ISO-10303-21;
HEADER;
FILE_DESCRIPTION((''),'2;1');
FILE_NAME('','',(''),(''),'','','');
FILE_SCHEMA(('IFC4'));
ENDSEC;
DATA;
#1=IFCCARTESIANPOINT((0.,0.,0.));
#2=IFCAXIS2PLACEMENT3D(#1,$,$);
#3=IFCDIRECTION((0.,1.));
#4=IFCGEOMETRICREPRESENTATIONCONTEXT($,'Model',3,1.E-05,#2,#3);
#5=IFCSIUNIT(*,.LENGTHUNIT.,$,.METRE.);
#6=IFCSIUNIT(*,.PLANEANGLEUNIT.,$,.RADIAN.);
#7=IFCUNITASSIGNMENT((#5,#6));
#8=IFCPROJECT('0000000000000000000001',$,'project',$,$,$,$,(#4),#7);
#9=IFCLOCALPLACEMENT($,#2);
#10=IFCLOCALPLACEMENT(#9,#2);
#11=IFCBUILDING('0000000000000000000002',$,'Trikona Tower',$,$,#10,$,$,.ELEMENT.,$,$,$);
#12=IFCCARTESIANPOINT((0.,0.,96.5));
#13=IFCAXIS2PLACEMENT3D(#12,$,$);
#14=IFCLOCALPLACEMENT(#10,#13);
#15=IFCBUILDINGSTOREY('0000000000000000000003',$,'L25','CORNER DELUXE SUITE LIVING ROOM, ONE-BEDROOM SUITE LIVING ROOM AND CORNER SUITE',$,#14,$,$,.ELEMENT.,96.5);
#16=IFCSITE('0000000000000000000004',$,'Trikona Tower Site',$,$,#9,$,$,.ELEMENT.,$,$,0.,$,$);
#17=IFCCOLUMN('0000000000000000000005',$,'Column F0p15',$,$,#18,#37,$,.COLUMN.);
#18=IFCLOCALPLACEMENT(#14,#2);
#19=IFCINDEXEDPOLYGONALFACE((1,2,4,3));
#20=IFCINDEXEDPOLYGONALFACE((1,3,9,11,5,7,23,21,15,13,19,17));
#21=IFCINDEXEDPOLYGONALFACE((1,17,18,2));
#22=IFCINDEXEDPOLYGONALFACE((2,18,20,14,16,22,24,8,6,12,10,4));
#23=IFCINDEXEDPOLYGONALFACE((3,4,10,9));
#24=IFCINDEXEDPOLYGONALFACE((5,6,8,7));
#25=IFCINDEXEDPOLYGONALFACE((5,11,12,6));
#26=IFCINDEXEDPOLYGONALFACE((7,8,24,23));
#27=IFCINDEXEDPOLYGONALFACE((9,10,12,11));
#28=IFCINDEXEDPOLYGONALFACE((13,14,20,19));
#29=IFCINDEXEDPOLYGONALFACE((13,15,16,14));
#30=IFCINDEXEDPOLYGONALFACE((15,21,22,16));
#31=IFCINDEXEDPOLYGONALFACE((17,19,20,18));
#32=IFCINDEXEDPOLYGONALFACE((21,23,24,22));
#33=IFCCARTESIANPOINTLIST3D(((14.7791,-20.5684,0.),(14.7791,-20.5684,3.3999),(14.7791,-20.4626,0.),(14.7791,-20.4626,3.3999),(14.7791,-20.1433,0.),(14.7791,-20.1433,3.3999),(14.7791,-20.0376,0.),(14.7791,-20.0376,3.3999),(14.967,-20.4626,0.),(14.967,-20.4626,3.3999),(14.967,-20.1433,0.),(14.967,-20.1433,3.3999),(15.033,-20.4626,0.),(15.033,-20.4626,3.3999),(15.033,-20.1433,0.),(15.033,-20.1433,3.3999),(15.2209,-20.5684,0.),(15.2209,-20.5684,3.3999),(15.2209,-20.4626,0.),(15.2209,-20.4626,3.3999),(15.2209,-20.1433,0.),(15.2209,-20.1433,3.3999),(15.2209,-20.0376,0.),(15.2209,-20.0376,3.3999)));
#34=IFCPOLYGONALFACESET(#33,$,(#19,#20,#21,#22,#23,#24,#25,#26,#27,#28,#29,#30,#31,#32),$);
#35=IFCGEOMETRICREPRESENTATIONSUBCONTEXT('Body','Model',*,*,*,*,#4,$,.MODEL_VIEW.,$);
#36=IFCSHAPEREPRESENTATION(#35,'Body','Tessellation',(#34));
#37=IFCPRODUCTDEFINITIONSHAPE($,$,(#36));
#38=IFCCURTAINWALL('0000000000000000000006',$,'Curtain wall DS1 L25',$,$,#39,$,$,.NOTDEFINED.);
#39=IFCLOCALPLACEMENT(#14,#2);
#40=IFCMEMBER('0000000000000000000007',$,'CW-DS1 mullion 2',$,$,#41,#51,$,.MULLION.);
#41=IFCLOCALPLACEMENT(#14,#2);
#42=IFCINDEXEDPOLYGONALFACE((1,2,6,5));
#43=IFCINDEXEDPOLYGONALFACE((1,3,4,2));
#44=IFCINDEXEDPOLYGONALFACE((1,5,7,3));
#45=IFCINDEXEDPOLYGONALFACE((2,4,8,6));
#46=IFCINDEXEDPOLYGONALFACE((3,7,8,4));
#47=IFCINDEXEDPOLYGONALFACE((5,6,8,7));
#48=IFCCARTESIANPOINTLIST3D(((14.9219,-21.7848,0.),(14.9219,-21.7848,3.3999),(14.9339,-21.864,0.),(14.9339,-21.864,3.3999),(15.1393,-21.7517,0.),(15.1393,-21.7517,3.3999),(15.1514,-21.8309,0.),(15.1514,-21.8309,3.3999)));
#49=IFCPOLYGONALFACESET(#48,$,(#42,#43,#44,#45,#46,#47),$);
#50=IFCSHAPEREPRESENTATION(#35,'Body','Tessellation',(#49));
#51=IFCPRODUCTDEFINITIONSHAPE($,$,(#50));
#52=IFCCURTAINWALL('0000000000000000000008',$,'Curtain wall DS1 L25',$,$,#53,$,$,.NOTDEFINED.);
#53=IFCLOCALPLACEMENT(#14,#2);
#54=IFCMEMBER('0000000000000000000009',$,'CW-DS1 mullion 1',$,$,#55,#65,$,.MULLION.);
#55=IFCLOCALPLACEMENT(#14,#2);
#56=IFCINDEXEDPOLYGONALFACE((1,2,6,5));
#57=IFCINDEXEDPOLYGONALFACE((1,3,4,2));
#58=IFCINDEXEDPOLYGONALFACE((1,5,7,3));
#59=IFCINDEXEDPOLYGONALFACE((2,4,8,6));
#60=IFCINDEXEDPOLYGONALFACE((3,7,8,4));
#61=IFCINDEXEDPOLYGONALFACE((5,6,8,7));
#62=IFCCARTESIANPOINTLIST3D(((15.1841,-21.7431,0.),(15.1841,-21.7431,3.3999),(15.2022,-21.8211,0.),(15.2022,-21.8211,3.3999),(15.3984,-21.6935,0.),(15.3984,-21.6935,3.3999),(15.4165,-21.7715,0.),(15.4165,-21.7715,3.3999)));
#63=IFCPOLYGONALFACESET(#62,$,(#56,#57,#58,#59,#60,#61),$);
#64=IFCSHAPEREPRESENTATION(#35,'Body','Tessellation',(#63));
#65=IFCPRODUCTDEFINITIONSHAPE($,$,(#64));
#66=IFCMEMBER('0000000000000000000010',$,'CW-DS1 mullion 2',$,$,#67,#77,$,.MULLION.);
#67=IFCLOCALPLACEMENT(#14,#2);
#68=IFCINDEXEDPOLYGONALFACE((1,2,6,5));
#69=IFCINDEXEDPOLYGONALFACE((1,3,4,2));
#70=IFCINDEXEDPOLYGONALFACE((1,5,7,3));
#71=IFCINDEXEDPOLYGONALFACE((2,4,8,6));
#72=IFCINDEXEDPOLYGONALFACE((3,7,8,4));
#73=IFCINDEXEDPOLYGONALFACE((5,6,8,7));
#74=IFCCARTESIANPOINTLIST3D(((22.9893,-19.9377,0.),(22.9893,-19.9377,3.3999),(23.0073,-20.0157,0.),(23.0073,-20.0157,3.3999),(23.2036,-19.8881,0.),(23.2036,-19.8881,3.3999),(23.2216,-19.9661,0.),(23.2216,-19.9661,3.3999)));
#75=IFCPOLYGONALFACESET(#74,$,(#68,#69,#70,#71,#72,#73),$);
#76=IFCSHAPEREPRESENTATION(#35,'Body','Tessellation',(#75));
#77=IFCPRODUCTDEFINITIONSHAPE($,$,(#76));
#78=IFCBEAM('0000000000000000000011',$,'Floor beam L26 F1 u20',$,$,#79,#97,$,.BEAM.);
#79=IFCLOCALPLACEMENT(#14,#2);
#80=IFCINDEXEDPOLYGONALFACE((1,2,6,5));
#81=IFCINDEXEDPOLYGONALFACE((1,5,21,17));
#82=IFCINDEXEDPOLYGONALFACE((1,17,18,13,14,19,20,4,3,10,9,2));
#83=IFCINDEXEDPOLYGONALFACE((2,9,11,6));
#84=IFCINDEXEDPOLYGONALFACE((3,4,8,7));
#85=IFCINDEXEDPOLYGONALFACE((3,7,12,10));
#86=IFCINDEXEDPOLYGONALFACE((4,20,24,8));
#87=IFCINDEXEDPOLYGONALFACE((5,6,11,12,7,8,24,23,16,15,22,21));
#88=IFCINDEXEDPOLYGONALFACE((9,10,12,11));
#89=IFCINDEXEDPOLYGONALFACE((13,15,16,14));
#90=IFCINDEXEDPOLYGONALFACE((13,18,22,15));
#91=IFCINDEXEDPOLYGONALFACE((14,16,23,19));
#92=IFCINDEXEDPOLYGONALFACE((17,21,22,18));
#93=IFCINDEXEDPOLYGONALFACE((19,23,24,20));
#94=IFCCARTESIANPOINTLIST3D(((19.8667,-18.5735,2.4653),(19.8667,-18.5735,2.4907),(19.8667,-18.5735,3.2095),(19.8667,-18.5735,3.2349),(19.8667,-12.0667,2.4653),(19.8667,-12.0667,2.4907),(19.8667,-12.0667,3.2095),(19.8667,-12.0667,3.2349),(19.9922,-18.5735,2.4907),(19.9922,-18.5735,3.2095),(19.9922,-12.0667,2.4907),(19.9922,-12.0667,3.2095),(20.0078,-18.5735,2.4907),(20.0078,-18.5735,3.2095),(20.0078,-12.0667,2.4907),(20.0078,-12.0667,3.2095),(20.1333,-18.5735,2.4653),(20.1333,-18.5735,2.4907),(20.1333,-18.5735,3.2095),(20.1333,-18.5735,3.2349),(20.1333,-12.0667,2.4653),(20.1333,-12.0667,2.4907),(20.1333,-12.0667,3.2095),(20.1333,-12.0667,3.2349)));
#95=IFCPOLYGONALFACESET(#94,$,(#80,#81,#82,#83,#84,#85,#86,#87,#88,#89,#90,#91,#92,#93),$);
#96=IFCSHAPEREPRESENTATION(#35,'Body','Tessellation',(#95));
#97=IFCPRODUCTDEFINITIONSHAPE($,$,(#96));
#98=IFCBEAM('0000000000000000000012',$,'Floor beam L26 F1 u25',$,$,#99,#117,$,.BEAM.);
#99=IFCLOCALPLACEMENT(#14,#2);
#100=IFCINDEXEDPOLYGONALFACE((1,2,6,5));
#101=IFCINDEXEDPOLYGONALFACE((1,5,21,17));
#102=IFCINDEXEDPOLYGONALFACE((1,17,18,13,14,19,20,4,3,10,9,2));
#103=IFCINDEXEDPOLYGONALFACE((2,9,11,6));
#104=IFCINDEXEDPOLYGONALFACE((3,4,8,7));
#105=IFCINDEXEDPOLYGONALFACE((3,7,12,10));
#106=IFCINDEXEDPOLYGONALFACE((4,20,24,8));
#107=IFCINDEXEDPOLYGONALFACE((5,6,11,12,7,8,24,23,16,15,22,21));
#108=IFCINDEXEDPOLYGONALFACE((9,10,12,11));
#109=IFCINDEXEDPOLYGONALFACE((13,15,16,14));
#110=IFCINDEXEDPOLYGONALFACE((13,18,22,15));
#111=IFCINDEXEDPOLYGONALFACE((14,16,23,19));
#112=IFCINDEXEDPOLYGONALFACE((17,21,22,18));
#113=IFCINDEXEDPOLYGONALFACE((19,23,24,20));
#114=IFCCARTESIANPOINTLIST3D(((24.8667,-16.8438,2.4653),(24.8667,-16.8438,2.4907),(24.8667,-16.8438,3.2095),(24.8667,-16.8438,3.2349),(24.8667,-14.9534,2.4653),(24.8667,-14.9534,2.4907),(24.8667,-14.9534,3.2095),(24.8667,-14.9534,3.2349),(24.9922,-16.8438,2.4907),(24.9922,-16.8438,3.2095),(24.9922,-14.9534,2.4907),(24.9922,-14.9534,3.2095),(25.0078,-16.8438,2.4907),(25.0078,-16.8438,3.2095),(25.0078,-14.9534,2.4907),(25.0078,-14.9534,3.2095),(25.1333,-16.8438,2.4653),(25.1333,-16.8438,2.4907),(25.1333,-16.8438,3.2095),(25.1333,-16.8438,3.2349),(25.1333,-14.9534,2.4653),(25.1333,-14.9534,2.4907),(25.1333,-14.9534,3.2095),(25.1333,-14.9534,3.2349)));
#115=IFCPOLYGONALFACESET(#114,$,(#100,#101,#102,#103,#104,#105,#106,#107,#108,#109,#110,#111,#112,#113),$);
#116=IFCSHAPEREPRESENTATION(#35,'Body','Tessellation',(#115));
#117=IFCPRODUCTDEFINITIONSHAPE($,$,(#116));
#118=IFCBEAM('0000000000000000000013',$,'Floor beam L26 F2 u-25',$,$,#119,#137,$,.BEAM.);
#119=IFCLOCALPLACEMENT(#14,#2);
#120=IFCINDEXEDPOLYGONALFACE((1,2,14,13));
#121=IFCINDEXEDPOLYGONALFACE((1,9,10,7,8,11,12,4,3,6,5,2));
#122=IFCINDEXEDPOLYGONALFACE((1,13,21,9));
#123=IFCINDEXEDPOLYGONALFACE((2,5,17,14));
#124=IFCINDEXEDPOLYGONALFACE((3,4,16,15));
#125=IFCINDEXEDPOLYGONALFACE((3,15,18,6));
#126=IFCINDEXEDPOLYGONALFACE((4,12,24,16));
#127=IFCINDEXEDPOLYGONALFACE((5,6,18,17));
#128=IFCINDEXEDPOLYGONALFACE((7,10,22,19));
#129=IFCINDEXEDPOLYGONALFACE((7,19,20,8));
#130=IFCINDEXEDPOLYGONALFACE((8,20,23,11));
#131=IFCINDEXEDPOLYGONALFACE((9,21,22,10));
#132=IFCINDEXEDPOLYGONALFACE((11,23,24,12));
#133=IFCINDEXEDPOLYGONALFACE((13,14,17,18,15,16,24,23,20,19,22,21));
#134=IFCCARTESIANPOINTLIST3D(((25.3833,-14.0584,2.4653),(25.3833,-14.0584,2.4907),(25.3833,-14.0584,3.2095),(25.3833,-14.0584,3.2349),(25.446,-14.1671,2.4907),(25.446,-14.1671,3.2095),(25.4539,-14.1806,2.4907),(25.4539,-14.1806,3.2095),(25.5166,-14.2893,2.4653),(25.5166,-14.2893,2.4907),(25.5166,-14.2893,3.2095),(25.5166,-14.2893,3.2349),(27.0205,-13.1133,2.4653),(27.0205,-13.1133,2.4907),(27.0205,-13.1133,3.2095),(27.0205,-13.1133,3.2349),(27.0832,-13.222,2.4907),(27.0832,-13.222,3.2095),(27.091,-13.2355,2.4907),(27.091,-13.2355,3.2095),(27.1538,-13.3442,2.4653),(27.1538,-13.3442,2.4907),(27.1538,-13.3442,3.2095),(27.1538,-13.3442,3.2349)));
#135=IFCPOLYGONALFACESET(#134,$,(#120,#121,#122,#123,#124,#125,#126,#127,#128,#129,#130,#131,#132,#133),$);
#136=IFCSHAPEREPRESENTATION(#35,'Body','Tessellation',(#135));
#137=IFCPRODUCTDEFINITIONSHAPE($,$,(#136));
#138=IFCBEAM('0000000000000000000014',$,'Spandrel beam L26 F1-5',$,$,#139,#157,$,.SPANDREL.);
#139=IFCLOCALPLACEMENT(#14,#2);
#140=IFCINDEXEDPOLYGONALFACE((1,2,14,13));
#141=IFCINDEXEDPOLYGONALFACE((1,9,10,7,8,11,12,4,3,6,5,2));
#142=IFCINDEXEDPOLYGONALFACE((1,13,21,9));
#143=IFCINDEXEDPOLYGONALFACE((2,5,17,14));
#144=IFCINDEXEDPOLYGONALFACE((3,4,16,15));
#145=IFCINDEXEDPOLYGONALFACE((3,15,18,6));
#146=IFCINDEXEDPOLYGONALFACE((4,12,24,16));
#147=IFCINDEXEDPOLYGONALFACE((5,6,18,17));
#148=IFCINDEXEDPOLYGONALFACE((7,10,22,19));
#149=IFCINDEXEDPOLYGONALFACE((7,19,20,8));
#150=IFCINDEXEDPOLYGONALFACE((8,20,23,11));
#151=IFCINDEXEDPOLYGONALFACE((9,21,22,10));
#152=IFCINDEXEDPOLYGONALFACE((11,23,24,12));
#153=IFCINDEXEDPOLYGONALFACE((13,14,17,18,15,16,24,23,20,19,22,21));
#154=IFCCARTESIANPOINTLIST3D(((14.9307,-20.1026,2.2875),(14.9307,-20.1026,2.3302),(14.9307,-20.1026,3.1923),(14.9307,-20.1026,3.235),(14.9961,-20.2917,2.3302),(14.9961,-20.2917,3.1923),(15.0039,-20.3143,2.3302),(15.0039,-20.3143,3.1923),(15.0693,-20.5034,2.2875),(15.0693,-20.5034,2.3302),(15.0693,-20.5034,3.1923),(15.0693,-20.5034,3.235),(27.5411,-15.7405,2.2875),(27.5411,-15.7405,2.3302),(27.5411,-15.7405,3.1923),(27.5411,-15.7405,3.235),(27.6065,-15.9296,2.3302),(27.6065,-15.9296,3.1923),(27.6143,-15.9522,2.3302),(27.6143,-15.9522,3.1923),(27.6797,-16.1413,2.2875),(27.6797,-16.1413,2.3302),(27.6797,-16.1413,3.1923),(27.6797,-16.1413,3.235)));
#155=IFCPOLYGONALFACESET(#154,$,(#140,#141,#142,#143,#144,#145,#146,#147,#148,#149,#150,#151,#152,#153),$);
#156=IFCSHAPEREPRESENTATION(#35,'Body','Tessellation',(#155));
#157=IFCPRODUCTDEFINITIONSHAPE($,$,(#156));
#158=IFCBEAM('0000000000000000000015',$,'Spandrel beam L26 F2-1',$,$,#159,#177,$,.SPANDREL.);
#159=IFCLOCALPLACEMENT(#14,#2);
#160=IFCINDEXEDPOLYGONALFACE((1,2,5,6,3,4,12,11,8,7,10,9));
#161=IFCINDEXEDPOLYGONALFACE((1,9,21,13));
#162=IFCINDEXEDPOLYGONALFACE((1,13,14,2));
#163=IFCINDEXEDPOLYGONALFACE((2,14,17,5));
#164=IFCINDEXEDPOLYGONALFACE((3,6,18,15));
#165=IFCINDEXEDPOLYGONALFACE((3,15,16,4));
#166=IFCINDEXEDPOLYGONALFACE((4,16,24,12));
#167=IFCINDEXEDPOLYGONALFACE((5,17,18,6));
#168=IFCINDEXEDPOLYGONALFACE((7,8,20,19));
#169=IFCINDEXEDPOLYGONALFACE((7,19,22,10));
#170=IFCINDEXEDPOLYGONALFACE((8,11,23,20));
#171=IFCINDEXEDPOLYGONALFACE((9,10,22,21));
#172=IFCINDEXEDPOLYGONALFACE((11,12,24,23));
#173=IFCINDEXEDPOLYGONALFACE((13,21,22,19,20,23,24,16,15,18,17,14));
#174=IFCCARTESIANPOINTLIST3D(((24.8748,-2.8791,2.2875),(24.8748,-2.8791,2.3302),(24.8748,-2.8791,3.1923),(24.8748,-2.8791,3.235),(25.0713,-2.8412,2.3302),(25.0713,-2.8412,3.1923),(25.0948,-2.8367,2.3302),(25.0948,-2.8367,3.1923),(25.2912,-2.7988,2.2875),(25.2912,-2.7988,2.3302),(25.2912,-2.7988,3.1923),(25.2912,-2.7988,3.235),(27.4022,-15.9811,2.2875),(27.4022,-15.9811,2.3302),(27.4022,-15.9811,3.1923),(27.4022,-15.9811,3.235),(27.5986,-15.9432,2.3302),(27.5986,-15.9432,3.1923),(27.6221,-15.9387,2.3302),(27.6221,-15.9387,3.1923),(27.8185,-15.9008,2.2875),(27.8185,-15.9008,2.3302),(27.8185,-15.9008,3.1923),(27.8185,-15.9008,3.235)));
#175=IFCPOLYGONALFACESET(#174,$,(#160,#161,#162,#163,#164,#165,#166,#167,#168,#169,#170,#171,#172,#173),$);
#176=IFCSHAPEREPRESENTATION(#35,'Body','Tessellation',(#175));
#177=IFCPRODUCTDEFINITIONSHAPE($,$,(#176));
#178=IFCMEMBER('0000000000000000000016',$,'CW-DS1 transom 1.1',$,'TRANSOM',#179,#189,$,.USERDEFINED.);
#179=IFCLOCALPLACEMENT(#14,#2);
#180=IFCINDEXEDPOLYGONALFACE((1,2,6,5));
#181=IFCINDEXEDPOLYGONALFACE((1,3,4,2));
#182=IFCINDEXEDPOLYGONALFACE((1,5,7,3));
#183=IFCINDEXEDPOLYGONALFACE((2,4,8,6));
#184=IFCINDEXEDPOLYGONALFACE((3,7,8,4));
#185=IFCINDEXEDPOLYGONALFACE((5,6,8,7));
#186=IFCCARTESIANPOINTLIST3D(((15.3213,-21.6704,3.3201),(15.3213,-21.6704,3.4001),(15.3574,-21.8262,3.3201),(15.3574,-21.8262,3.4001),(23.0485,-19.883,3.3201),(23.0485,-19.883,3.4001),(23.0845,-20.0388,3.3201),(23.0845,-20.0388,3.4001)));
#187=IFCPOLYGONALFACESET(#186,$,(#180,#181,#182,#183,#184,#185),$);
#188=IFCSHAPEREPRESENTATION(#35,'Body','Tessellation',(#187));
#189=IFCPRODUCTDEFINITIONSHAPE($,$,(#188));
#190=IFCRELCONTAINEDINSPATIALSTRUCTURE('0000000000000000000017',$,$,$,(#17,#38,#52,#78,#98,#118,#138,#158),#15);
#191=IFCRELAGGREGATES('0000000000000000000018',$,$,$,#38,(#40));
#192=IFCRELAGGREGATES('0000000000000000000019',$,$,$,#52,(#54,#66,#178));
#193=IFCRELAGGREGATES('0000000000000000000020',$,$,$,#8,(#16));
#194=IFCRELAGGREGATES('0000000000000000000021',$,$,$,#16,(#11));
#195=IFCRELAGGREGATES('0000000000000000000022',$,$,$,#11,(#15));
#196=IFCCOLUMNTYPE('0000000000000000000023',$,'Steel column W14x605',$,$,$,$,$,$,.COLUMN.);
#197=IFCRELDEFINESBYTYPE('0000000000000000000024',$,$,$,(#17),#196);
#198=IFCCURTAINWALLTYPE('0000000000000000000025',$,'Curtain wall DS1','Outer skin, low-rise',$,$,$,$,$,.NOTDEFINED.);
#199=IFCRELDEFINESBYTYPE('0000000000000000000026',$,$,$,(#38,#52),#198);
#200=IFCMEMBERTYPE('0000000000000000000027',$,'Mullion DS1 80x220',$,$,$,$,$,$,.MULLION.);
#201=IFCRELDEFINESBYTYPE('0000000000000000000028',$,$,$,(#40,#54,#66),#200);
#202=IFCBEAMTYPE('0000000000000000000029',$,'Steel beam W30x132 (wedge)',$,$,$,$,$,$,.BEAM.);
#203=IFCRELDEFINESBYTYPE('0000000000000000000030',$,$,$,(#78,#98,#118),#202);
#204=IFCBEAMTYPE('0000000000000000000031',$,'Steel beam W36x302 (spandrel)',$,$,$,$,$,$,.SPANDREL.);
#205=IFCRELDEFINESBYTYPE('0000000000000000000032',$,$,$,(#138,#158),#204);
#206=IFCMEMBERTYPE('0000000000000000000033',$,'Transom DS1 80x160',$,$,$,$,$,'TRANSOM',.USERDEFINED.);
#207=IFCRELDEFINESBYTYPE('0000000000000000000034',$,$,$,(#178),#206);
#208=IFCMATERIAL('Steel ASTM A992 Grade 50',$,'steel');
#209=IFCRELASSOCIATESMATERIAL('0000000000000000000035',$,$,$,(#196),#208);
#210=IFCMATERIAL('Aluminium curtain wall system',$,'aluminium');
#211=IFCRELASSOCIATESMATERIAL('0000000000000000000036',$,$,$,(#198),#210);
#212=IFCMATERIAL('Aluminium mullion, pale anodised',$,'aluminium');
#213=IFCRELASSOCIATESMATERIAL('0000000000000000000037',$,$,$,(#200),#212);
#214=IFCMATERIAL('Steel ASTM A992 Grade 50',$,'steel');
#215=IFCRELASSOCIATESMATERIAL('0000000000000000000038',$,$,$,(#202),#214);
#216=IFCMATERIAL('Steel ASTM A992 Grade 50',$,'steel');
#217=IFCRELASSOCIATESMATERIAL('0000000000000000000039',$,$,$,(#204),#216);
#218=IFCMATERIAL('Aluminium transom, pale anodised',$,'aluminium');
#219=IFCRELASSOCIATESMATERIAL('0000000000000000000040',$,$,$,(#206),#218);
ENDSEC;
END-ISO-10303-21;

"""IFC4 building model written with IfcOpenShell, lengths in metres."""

from ifc_helpers import new_model, si_unit, direction, frame, origin, origin_2d, place, context, subcontext, project, spatial, rectangle, i_section, extrude, material, material_profile, profile_set, type_object, element, aggregate, save


model = new_model("IFC4")

# Units and contexts
model_context = context("Model", 3, precision=1e-05, world=origin(), true_north=direction((0.0, 1.0)))
body_context = subcontext(model_context, "Body", "Model", "MODEL_VIEW")
ifc_project = project(units=[si_unit("LENGTHUNIT", "METRE"), si_unit("PLANEANGLEUNIT", "RADIAN")], contexts=[model_context])

# Site, building, storey
site_placement = place(None, origin())
site = spatial("IfcSite", under=ifc_project, at=site_placement, Name="Trikona Tower Site", CompositionType="ELEMENT", RefElevation=0.0)
building_placement = place(site_placement, origin())
building = spatial("IfcBuilding", under=site, at=building_placement, Name="Trikona Tower", CompositionType="ELEMENT")
storey_placement = place(building_placement, frame((0.0, 0.0, 96.5)))
storey = spatial("IfcBuildingStorey", under=building, at=storey_placement, Name="L25", Description="CORNER DELUXE SUITE LIVING ROOM, ONE-BEDROOM SUITE LIVING ROOM AND CORNER SUITE", CompositionType="ELEMENT", Elevation=96.5)

# Column
ifc_material_1 = material(Name="Steel ASTM A992 Grade 50", Category="steel")
ifc_material_profile_1 = material_profile(ifc_material_1, i_section(OverallWidth=0.4419, OverallDepth=0.5308, WebThickness=0.0659, FlangeThickness=0.1057, at=origin_2d()), Name="W14X605")
ifc_profile_set_1 = profile_set([ifc_material_profile_1], Name="Steel ASTM A992 Grade 50")
column_type = type_object("IfcColumnType", Name="Steel column W14x605", PredefinedType="COLUMN", material=ifc_profile_set_1)
column_placement = place(storey_placement, frame((15.0, -20.303, 0.0), z_axis=(0.0, 0.0, 1.0), x_axis=(1.0, 0.0, 0.0)))
element("IfcColumn", 1, at=column_placement, inside=storey, type_object=column_type, Name="Column F0p15", PredefinedType="COLUMN", context=body_context, shape_type="SweptSolid", body=[
    extrude(i_section(OverallWidth=0.4419, OverallDepth=0.5308, WebThickness=0.0659, FlangeThickness=0.1057, at=origin_2d()), origin(), (0.0, 0.0, 1.0), 3.3999),
])

# Curtain wall, member
ifc_material_2 = material(Name="Aluminium curtain wall system", Category="aluminium")
curtain_wall_type = type_object("IfcCurtainWallType", Name="Curtain wall DS1", Description="Outer skin, low-rise", PredefinedType="NOTDEFINED", material=ifc_material_2)
curtain_wall_1_placement = place(storey_placement, origin())
curtain_wall_1 = element("IfcCurtainWall", 2, at=curtain_wall_1_placement, inside=storey, type_object=curtain_wall_type, Name="Curtain wall DS1 L25", PredefinedType="NOTDEFINED")
ifc_material_3 = material(Name="Aluminium mullion, pale anodised", Category="aluminium")
ifc_material_profile_2 = material_profile(ifc_material_3, rectangle(XDim=0.0801, YDim=0.22, at=origin_2d()), Name="MUL-DS1")
ifc_profile_set_2 = profile_set([ifc_material_profile_2], Name="Aluminium mullion, pale anodised")
member_type_1 = type_object("IfcMemberType", Name="Mullion DS1 80x220", PredefinedType="MULLION", material=ifc_profile_set_2)
member_1_placement = place(storey_placement, frame((15.0366, -21.8079, 0.0), z_axis=(0.0, 0.0, 1.0), x_axis=(-0.150438, 0.988619, 0.0)))
member_1 = element("IfcMember", 3, at=member_1_placement, type_object=member_type_1, Name="CW-DS1 mullion 2", PredefinedType="MULLION", context=body_context, shape_type="SweptSolid", body=[
    extrude(rectangle(XDim=0.0801, YDim=0.22, at=origin_2d()), origin(), (0.0, 0.0, 1.0), 3.3999),
])
aggregate(curtain_wall_1, [member_1])

# Curtain wall, members
curtain_wall_2_placement = place(storey_placement, origin())
curtain_wall_2 = element("IfcCurtainWall", 4, at=curtain_wall_2_placement, inside=storey, type_object=curtain_wall_type, Name="Curtain wall DS1 L25", PredefinedType="NOTDEFINED")
member_2_placement = place(storey_placement, frame((15.3003, -21.7573, 0.0), z_axis=(0.0, 0.0, 1.0), x_axis=(-0.225343, 0.974279, 0.0)))
member_2 = element("IfcMember", 5, at=member_2_placement, type_object=member_type_1, Name="CW-DS1 mullion 1", PredefinedType="MULLION", context=body_context, shape_type="SweptSolid", body=[
    extrude(rectangle(XDim=0.0801, YDim=0.22, at=origin_2d()), origin(), (0.0, 0.0, 1.0), 3.3999),
])
member_3_placement = place(storey_placement, frame((23.1055, -19.9519, 0.0), z_axis=(0.0, 0.0, 1.0), x_axis=(-0.225343, 0.974279, 0.0)))
member_3 = element("IfcMember", 6, at=member_3_placement, type_object=member_type_1, Name="CW-DS1 mullion 2", PredefinedType="MULLION", context=body_context, shape_type="SweptSolid", body=[
    extrude(rectangle(XDim=0.0801, YDim=0.22, at=origin_2d()), origin(), (0.0, 0.0, 1.0), 3.3999),
])

# Beams
ifc_material_4 = material(Name="Steel ASTM A992 Grade 50", Category="steel")
ifc_material_profile_3 = material_profile(ifc_material_4, i_section(OverallWidth=0.2666, OverallDepth=0.7695, WebThickness=0.0156, FlangeThickness=0.0254, at=origin_2d()), Name="W30X132")
ifc_profile_set_3 = profile_set([ifc_material_profile_3], Name="Steel ASTM A992 Grade 50")
beam_type_1 = type_object("IfcBeamType", Name="Steel beam W30x132 (wedge)", PredefinedType="BEAM", material=ifc_profile_set_3)
beam_placement = place(storey_placement, frame((20.0, -12.0667, 2.8501), z_axis=(0.0, -1.0, 0.0), x_axis=(1.0, 0.0, 0.0)))
element("IfcBeam", 7, at=beam_placement, inside=storey, type_object=beam_type_1, Name="Floor beam L26 F1 u20", PredefinedType="BEAM", context=body_context, shape_type="SweptSolid", body=[
    extrude(i_section(OverallWidth=0.2666, OverallDepth=0.7695, WebThickness=0.0156, FlangeThickness=0.0254, at=origin_2d()), origin(), (0.0, 0.0, 1.0), 6.5068),
])
for number, where, z_axis, x_axis, name in (
    (8, (25.0, -14.9534, 2.8501), (0.0, -1.0, 0.0), (1.0, 0.0, 0.0), "Floor beam L26 F1 u25"),
    (9, (25.45, -14.1738, 2.8501), (0.866065, 0.499931, 0.0), (-0.499931, 0.866065, 0.0), "Floor beam L26 F2 u-25"),
):
    element("IfcBeam", number, at=place(storey_placement, frame(where, z_axis=z_axis, x_axis=x_axis)), inside=storey, type_object=beam_type_1, Name=name, PredefinedType="BEAM", context=body_context, shape_type="SweptSolid", body=[
        extrude(i_section(OverallWidth=0.2666, OverallDepth=0.7695, WebThickness=0.0156, FlangeThickness=0.0254, at=origin_2d()), origin(), (0.0, 0.0, 1.0), 1.8904),
    ])
ifc_material_5 = material(Name="Steel ASTM A992 Grade 50", Category="steel")
ifc_material_profile_4 = material_profile(ifc_material_5, i_section(OverallWidth=0.4241, OverallDepth=0.9475, WebThickness=0.0239, FlangeThickness=0.0427, at=origin_2d()), Name="W36X302")
ifc_profile_set_4 = profile_set([ifc_material_profile_4], Name="Steel ASTM A992 Grade 50")
beam_type_2 = type_object("IfcBeamType", Name="Steel beam W36x302 (spandrel)", PredefinedType="SPANDREL", material=ifc_profile_set_4)
for number, where, z_axis, x_axis, name in (
    (10, (15.0, -20.303, 2.7612), (0.945057, 0.326906, 0.0), (-0.326906, 0.945057, 0.0), "Spandrel beam L26 F1-5"),
    (11, (27.6104, -15.9409, 2.7612), (-0.189405, 0.981899, 0.0), (-0.981899, -0.189405, 0.0), "Spandrel beam L26 F2-1"),
):
    element("IfcBeam", number, at=place(storey_placement, frame(where, z_axis=z_axis, x_axis=x_axis)), inside=storey, type_object=beam_type_2, Name=name, PredefinedType="SPANDREL", context=body_context, shape_type="SweptSolid", body=[
        extrude(i_section(OverallWidth=0.4241, OverallDepth=0.9475, WebThickness=0.0239, FlangeThickness=0.0427, at=origin_2d()), origin(), (0.0, 0.0, 1.0), 13.3435),
    ])

# Member
ifc_material_6 = material(Name="Aluminium transom, pale anodised", Category="aluminium")
ifc_material_profile_5 = material_profile(ifc_material_6, rectangle(XDim=0.1599, YDim=0.0801, at=origin_2d()), Name="TRN-DS1")
ifc_profile_set_5 = profile_set([ifc_material_profile_5], Name="Aluminium transom, pale anodised")
member_type_2 = type_object("IfcMemberType", Name="Transom DS1 80x160", ElementType="TRANSOM", PredefinedType="USERDEFINED", material=ifc_profile_set_5)
member_4_placement = place(storey_placement, frame((15.3394, -21.7483, 3.3601), z_axis=(0.974275, 0.225361, 0.0), x_axis=(-0.225361, 0.974275, 0.0)))
member_4 = element("IfcMember", 12, at=member_4_placement, type_object=member_type_2, Name="CW-DS1 transom 1.1", ObjectType="TRANSOM", PredefinedType="USERDEFINED", context=body_context, shape_type="SweptSolid", body=[
    extrude(rectangle(XDim=0.1599, YDim=0.0801, at=origin_2d()), origin(), (0.0, 0.0, 1.0), 7.9312),
])

aggregate(curtain_wall_2, [member_2, member_3, member_4])

save(model, "model.ifc")
